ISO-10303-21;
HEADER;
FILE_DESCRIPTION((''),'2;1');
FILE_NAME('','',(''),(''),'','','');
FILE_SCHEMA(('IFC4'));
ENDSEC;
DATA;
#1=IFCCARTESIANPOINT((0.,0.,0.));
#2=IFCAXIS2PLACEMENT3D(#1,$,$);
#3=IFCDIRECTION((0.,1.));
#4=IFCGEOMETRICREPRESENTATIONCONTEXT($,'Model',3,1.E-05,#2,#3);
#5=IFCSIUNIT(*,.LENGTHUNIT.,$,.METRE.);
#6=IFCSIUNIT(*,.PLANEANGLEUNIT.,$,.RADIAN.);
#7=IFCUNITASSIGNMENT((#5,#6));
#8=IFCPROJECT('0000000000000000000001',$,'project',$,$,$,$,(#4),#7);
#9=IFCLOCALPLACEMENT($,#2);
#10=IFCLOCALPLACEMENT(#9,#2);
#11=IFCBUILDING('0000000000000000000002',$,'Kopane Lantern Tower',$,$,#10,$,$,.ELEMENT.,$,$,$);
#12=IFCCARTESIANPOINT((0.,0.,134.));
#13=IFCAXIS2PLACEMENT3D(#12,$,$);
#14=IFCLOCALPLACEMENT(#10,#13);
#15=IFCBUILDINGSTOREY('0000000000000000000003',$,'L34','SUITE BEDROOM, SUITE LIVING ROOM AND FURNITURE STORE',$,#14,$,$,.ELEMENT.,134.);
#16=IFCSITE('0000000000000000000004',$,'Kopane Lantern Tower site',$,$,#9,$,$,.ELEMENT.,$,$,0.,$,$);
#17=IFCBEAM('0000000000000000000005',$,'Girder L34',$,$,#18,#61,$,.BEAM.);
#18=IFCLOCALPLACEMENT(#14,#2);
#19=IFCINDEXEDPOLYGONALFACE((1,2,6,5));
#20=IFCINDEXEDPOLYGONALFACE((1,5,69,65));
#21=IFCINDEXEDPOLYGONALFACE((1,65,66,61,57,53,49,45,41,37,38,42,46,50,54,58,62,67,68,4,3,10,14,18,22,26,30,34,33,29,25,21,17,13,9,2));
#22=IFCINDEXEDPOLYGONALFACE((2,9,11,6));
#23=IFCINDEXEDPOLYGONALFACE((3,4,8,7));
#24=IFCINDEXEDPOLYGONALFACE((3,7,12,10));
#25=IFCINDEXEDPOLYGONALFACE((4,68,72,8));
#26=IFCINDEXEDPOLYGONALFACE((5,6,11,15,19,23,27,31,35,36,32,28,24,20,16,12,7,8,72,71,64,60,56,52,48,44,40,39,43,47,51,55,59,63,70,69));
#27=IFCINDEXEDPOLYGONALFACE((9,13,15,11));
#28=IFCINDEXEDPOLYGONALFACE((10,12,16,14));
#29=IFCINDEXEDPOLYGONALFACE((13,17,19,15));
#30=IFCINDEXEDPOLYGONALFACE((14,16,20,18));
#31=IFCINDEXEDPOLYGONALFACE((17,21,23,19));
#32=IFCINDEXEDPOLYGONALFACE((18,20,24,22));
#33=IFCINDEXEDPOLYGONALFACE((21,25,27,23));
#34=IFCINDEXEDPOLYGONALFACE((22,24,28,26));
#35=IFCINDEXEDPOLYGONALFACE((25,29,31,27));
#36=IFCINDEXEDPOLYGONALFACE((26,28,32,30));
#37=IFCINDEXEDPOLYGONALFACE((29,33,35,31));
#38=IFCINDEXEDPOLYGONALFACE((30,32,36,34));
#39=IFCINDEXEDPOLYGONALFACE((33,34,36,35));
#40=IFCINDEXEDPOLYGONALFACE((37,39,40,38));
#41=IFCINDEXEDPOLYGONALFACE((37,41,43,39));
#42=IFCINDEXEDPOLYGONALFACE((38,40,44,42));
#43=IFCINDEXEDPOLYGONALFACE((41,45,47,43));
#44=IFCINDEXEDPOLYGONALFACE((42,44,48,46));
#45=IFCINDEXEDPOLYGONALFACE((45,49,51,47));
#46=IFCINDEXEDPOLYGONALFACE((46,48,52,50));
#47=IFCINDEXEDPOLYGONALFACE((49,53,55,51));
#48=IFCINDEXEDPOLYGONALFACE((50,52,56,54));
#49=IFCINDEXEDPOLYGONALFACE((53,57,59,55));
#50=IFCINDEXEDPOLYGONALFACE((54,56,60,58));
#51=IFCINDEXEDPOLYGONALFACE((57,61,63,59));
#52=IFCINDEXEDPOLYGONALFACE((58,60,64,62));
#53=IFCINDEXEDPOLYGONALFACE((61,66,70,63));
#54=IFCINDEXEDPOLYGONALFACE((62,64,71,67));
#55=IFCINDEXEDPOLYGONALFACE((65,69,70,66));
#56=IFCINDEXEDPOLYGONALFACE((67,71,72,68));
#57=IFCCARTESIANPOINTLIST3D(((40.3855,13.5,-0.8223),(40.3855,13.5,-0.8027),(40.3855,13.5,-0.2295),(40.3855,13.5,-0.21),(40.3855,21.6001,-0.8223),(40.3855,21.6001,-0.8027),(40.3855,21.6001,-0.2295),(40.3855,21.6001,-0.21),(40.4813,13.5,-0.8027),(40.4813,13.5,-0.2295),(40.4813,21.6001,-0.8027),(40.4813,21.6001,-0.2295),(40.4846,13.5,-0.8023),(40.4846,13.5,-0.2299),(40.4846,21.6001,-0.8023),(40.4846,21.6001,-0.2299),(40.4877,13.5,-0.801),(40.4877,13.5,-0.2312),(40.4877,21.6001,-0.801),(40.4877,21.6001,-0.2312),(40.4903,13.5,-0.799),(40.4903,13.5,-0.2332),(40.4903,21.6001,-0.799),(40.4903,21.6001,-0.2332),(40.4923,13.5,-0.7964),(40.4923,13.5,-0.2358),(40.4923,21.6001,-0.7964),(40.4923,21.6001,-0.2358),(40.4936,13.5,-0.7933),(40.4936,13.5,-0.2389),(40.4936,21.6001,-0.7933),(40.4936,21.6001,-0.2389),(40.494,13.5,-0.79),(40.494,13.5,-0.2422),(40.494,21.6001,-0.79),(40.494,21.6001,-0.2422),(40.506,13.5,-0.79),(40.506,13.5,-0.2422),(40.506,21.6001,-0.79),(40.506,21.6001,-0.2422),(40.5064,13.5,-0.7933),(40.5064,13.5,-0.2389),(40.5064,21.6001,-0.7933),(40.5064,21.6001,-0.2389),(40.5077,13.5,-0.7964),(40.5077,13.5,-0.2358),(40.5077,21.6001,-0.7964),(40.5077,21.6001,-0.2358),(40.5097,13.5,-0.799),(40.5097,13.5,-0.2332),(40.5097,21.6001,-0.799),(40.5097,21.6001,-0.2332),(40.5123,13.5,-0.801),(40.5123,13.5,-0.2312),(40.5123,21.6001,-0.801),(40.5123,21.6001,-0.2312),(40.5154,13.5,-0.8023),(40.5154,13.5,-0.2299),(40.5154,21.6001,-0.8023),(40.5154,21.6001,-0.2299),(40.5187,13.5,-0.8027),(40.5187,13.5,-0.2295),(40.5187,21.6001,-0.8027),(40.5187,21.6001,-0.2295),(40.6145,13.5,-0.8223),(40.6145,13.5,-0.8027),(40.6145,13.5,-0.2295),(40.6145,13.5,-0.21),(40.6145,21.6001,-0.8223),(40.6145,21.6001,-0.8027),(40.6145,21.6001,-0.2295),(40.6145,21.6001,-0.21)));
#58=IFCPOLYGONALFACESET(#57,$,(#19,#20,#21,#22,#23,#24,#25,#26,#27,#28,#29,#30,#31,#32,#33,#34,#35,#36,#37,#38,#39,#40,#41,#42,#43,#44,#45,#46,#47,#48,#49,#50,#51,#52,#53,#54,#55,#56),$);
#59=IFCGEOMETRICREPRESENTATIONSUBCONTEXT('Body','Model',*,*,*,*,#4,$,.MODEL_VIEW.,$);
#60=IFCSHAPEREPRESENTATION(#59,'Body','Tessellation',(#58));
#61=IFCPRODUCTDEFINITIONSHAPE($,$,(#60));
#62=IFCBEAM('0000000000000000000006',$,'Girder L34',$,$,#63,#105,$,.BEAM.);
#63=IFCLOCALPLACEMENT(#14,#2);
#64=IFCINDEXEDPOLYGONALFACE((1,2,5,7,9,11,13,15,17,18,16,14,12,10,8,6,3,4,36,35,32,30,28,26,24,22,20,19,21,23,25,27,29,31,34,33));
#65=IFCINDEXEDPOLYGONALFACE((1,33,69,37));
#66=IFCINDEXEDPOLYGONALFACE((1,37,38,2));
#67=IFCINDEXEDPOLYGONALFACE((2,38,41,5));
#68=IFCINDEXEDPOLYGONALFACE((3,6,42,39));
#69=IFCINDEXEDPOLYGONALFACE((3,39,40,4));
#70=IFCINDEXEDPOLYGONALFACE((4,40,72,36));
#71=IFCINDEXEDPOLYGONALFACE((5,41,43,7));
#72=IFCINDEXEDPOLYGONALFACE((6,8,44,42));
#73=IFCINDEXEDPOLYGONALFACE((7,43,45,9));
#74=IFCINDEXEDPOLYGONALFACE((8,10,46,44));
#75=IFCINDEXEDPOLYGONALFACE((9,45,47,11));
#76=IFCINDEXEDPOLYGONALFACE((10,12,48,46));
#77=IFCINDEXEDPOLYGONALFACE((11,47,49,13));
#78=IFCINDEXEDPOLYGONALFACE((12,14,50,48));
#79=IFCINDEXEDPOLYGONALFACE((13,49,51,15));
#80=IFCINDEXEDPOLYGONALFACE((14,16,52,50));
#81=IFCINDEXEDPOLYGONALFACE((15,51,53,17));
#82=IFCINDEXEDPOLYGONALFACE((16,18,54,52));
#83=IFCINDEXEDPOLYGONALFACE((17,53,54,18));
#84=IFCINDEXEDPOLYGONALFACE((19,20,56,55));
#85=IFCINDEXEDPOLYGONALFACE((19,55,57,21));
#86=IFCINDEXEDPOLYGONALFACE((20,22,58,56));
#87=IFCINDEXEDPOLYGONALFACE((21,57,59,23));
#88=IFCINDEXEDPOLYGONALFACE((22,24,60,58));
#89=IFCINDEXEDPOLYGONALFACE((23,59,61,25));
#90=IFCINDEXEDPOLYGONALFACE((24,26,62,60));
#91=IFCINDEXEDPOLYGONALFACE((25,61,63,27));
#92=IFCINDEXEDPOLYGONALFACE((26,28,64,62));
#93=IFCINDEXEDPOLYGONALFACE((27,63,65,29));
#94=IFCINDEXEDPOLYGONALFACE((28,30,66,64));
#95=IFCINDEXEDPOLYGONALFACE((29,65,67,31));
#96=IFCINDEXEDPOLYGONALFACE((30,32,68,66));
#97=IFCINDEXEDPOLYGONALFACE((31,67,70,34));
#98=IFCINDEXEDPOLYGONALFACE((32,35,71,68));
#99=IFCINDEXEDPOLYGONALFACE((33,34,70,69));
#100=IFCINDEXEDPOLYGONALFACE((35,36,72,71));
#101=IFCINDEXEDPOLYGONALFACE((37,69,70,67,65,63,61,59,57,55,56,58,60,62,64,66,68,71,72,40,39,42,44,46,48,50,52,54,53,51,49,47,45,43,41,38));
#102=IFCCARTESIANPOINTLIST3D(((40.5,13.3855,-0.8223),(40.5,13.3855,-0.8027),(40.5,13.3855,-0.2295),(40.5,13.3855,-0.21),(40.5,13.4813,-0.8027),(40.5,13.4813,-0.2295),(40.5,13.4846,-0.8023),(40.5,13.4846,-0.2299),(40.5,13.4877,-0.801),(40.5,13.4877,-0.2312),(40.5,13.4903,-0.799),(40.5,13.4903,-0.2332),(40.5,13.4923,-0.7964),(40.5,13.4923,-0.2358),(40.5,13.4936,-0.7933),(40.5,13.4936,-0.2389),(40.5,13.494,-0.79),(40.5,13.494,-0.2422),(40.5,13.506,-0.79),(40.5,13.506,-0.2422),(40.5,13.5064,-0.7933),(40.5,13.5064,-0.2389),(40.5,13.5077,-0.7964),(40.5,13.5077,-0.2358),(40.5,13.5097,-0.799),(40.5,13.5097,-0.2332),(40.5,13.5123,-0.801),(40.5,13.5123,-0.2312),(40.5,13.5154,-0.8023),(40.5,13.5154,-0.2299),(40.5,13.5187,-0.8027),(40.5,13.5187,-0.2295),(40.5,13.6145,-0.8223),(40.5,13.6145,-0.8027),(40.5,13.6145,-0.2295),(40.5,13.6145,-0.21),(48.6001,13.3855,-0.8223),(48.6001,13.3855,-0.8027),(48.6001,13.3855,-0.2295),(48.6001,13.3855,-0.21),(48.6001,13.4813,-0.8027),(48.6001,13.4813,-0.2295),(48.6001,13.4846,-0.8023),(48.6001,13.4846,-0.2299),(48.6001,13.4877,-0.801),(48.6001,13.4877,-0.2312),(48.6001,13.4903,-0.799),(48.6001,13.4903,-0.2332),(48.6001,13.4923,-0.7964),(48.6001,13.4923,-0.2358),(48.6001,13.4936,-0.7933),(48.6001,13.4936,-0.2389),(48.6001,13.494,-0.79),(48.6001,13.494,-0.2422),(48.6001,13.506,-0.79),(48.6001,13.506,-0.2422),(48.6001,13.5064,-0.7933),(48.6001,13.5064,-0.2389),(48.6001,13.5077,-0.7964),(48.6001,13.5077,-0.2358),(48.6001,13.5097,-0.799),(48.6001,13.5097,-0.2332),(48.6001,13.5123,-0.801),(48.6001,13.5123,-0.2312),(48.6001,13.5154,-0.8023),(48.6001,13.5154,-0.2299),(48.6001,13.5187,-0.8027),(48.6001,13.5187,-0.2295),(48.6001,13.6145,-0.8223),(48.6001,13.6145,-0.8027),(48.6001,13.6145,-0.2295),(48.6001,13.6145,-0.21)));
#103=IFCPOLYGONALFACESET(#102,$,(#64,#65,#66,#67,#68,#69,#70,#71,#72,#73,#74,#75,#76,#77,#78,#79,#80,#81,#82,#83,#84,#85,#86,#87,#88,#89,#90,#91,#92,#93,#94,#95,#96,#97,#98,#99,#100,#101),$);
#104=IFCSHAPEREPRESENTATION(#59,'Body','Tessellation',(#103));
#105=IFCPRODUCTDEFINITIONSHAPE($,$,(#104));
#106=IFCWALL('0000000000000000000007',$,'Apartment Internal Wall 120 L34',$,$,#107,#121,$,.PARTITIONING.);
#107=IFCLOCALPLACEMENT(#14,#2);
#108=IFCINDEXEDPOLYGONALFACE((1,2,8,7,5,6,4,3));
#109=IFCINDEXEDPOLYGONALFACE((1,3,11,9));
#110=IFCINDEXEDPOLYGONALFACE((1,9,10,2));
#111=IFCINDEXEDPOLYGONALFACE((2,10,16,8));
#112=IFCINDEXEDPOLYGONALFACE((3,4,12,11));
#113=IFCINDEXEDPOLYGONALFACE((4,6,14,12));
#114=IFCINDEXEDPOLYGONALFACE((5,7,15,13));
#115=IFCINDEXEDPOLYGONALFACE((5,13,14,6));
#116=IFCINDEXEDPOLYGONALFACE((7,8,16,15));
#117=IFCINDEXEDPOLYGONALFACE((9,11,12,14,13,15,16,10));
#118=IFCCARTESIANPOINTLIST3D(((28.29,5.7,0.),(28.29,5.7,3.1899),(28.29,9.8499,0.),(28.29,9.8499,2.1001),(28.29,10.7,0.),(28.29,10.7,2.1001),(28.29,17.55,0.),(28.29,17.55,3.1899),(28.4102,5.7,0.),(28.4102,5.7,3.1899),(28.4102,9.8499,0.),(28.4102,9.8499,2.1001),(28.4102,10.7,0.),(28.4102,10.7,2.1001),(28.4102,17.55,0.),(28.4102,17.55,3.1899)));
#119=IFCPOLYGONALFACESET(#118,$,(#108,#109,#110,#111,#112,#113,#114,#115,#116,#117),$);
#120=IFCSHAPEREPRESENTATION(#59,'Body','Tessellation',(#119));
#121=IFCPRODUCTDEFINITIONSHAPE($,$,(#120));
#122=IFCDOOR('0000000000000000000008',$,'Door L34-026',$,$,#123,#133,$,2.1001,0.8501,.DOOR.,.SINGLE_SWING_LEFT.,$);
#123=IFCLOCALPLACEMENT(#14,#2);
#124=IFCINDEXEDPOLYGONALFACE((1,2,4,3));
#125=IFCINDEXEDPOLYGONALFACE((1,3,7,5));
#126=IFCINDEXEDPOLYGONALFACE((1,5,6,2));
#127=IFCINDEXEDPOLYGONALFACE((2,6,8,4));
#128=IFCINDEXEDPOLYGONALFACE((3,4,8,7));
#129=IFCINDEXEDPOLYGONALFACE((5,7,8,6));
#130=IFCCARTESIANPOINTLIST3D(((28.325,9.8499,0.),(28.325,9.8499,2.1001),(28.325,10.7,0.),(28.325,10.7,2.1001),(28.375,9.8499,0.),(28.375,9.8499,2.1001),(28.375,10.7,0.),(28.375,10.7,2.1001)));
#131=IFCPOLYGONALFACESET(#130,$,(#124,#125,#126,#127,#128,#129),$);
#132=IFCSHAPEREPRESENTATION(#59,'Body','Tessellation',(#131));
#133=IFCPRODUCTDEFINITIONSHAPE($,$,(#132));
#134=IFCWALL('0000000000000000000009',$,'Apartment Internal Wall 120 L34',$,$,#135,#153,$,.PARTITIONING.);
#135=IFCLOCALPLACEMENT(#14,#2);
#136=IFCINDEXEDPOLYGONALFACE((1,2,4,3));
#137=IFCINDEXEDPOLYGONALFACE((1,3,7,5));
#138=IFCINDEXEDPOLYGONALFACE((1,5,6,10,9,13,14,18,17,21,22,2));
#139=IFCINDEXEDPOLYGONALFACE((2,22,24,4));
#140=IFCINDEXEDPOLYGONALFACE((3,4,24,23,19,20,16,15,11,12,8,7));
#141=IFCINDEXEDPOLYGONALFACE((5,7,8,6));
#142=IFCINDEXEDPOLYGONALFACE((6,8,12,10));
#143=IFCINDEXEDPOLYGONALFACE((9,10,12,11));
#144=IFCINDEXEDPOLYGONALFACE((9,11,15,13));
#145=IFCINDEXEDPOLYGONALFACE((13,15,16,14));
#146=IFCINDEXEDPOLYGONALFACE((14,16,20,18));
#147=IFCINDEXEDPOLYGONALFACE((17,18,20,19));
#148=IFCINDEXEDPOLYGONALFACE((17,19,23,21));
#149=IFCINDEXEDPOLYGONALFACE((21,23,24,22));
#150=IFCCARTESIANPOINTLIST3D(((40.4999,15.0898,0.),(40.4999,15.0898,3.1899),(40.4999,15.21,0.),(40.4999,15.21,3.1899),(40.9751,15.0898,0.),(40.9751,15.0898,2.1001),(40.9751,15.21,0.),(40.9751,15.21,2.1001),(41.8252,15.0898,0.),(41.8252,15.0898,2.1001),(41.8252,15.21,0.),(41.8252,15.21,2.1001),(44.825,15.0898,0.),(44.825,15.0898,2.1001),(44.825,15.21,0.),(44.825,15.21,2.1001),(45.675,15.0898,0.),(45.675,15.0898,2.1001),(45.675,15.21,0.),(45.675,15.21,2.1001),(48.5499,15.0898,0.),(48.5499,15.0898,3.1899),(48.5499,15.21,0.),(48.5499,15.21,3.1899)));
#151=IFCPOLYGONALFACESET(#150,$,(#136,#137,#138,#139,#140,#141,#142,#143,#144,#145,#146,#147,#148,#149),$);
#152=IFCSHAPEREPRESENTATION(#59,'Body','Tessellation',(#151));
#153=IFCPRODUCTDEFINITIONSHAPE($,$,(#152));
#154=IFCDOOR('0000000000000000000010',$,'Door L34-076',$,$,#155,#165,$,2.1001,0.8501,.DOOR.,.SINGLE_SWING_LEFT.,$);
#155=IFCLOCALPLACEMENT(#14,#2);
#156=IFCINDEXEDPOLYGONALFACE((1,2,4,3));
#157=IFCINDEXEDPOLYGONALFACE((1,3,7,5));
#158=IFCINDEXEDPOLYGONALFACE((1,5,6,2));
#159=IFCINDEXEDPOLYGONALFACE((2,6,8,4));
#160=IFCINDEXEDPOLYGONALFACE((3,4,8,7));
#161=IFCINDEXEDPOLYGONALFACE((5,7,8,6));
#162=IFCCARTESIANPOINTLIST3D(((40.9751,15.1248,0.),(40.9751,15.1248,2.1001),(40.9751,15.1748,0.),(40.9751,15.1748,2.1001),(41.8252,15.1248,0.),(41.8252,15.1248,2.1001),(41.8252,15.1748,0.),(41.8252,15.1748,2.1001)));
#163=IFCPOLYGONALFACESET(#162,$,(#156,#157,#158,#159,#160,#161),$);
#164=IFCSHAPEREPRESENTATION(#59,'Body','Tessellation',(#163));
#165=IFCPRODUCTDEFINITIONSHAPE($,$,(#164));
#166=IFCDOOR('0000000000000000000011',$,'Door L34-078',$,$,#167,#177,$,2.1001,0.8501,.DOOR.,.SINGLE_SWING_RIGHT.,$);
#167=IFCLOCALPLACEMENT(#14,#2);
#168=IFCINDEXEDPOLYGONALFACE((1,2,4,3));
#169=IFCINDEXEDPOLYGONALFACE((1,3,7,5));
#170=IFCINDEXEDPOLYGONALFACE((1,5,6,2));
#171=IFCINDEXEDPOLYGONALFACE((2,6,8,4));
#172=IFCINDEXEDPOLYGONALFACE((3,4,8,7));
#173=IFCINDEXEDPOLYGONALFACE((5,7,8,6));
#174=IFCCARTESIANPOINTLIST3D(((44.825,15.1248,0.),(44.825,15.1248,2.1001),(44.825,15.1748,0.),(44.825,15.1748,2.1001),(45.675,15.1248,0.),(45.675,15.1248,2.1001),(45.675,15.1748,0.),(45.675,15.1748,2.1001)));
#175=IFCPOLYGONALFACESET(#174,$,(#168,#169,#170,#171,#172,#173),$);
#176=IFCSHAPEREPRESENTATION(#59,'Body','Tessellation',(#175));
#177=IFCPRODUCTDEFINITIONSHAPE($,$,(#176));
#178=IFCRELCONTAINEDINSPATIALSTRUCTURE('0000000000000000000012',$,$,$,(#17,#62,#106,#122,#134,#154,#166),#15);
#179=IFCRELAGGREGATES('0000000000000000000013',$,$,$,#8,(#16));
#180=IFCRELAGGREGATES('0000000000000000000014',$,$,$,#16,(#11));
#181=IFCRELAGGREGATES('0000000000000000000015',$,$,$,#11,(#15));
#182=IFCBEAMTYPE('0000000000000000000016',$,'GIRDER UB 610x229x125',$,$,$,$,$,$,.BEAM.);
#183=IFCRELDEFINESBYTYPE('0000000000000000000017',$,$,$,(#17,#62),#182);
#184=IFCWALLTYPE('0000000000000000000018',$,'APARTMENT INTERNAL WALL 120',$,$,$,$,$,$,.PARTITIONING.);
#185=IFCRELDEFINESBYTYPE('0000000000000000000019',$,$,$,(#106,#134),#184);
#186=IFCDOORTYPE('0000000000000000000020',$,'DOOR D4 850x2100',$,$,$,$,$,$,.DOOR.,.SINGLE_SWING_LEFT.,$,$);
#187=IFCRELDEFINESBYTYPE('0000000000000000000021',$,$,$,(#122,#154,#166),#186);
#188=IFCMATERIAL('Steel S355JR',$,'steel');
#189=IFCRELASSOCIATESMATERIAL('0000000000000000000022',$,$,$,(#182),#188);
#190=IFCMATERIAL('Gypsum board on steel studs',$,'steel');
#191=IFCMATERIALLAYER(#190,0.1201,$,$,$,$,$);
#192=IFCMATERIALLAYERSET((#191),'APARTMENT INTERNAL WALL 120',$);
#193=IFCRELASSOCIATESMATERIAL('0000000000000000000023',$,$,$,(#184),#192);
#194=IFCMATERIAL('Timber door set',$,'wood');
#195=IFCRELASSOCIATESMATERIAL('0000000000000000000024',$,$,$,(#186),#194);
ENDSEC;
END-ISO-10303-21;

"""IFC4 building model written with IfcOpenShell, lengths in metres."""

from ifc_helpers import new_model, si_unit, direction, frame, frame_2d, origin, origin_2d, place, context, subcontext, project, spatial, rectangle, i_section, extrude, material, layer, layer_set, material_profile, profile_set, type_object, element, fill, save


model = new_model("IFC4")

# Units and contexts
model_context = context("Model", 3, precision=1e-05, world=origin(), true_north=direction((0.0, 1.0)))
body_context = subcontext(model_context, "Body", "Model", "MODEL_VIEW")
ifc_project = project(units=[si_unit("LENGTHUNIT", "METRE"), si_unit("PLANEANGLEUNIT", "RADIAN")], contexts=[model_context])

# Site, building, storey
site_placement = place(None, origin())
site = spatial("IfcSite", under=ifc_project, at=site_placement, Name="Kopane Lantern Tower site", CompositionType="ELEMENT", RefElevation=0.0)
building_placement = place(site_placement, origin())
building = spatial("IfcBuilding", under=site, at=building_placement, Name="Kopane Lantern Tower", CompositionType="ELEMENT")
storey_placement = place(building_placement, frame((0.0, 0.0, 134.0)))
storey = spatial("IfcBuildingStorey", under=building, at=storey_placement, Name="L34", Description="SUITE BEDROOM, SUITE LIVING ROOM AND FURNITURE STORE", CompositionType="ELEMENT", Elevation=134.0)

# Beams
ifc_material_1 = material(Name="Steel S355JR", Category="steel")
ifc_material_profile_1 = material_profile(ifc_material_1, i_section(OverallWidth=0.229, OverallDepth=0.6123, WebThickness=0.012, FlangeThickness=0.0195, FilletRadius=0.0127, at=origin_2d()), Name="UB 610x229x125")
ifc_profile_set_1 = profile_set([ifc_material_profile_1], Name="Steel S355JR")
beam_type = type_object("IfcBeamType", Name="GIRDER UB 610x229x125", PredefinedType="BEAM", material=ifc_profile_set_1)
for number, where, z_axis, x_axis, name in (
    (1, (40.5, 13.5, -0.5161), (0.0, 1.0, 0.0), (-1.0, 0.0, 0.0), "Girder L34"),
    (2, (40.5, 13.5, -0.5161), (1.0, 0.0, 0.0), (0.0, 1.0, 0.0), "Girder L34"),
):
    element("IfcBeam", number, at=place(storey_placement, frame(where, z_axis=z_axis, x_axis=x_axis)), inside=storey, type_object=beam_type, Name=name, PredefinedType="BEAM", context=body_context, shape_type="SweptSolid", body=[
        extrude(i_section(OverallWidth=0.229, OverallDepth=0.6123, WebThickness=0.012, FlangeThickness=0.0195, FilletRadius=0.0127, at=origin_2d()), origin(), (0.0, 0.0, 1.0), 8.1001),
    ])

# Wall, opening, door
ifc_material_2 = material(Name="Gypsum board on steel studs", Category="steel")
ifc_layer_1 = layer(ifc_material_2, 0.1201)
ifc_layer_set_1 = layer_set([ifc_layer_1], Name="APARTMENT INTERNAL WALL 120")
wall_type_1 = type_object("IfcWallType", Name="APARTMENT INTERNAL WALL 120", PredefinedType="PARTITIONING", material=ifc_layer_set_1)
wall_1_placement = place(storey_placement, frame((28.3501, 17.55, 0.0), z_axis=(0.0, 0.0, 1.0), x_axis=(0.0, -1.0, 0.0)))
wall_1 = element("IfcWall", 3, at=wall_1_placement, inside=storey, type_object=wall_type_1, Name="Apartment Internal Wall 120 L34", PredefinedType="PARTITIONING", context=body_context, shape_type="SweptSolid", body=[
    extrude(rectangle(XDim=11.8501, YDim=0.1201, at=frame_2d((5.925, 0.0))), origin(), (0.0, 0.0, 1.0), 3.1899),
])
opening_1_placement = place(wall_1_placement, frame((6.8501, 0.0, 0.0)))
opening_1 = element("IfcOpeningElement", 4, at=opening_1_placement, cuts=wall_1, PredefinedType="OPENING", context=body_context, shape_type="SweptSolid", body=[
    extrude(rectangle(XDim=0.8501, YDim=2.1001, at=frame_2d((0.425, 1.05))), frame((0.0, 0.0701, 0.0), z_axis=(0.0, -1.0, 0.0), x_axis=(1.0, 0.0, 0.0)), (0.0, 0.0, 1.0), 0.1401),
])
ifc_material_3 = material(Name="Timber door set", Category="wood")
door_type_1 = type_object("IfcDoorType", Name="DOOR D4 850x2100", OperationType="SINGLE_SWING_LEFT", PredefinedType="DOOR", material=ifc_material_3)
door_1_placement = place(opening_1_placement, origin())
door_1 = element("IfcDoor", 5, at=door_1_placement, inside=storey, type_object=door_type_1, Name="Door L34-026", OperationType="SINGLE_SWING_LEFT", OverallHeight=2.1001, OverallWidth=0.8501, PredefinedType="DOOR", context=body_context, shape_type="SweptSolid", body=[
    extrude(rectangle(XDim=0.8501, YDim=2.1001, at=frame_2d((0.425, 1.05))), frame((0.0, 0.0249, 0.0), z_axis=(0.0, -1.0, 0.0), x_axis=(1.0, 0.0, 0.0)), (0.0, 0.0, 1.0), 0.05),
])
fill(opening_1, door_1)

# Wall, openings, doors
wall_2_placement = place(storey_placement, frame((40.5, 15.1499, 0.0), z_axis=(0.0, 0.0, 1.0), x_axis=(1.0, 0.0, 0.0)))
wall_2 = element("IfcWall", 6, at=wall_2_placement, inside=storey, type_object=wall_type_1, Name="Apartment Internal Wall 120 L34", PredefinedType="PARTITIONING", context=body_context, shape_type="SweptSolid", body=[
    extrude(rectangle(XDim=8.05, YDim=0.1201, at=frame_2d((4.0249, 0.0))), origin(), (0.0, 0.0, 1.0), 3.1899),
])
opening_2_placement = place(wall_2_placement, frame((0.4751, 0.0, 0.0)))
opening_2 = element("IfcOpeningElement", 7, at=opening_2_placement, cuts=wall_2, PredefinedType="OPENING", context=body_context, shape_type="SweptSolid", body=[
    extrude(rectangle(XDim=0.8501, YDim=2.1001, at=frame_2d((0.425, 1.05))), frame((0.0, 0.0701, 0.0), z_axis=(0.0, -1.0, 0.0), x_axis=(1.0, 0.0, 0.0)), (0.0, 0.0, 1.0), 0.1401),
])
opening_3_placement = place(wall_2_placement, frame((4.325, 0.0, 0.0)))
opening_3 = element("IfcOpeningElement", 8, at=opening_3_placement, cuts=wall_2, PredefinedType="OPENING", context=body_context, shape_type="SweptSolid", body=[
    extrude(rectangle(XDim=0.8501, YDim=2.1001, at=frame_2d((0.425, 1.05))), frame((0.0, 0.0701, 0.0), z_axis=(0.0, -1.0, 0.0), x_axis=(1.0, 0.0, 0.0)), (0.0, 0.0, 1.0), 0.1401),
])
door_2_placement = place(opening_2_placement, origin())
door_2 = element("IfcDoor", 9, at=door_2_placement, inside=storey, type_object=door_type_1, Name="Door L34-076", OperationType="SINGLE_SWING_LEFT", OverallHeight=2.1001, OverallWidth=0.8501, PredefinedType="DOOR", context=body_context, shape_type="SweptSolid", body=[
    extrude(rectangle(XDim=0.8501, YDim=2.1001, at=frame_2d((0.425, 1.05))), frame((0.0, 0.0249, 0.0), z_axis=(0.0, -1.0, 0.0), x_axis=(1.0, 0.0, 0.0)), (0.0, 0.0, 1.0), 0.05),
])
fill(opening_2, door_2)
door_3_placement = place(opening_3_placement, origin())
door_3 = element("IfcDoor", 10, at=door_3_placement, inside=storey, type_object=door_type_1, Name="Door L34-078", OperationType="SINGLE_SWING_RIGHT", OverallHeight=2.1001, OverallWidth=0.8501, PredefinedType="DOOR", context=body_context, shape_type="SweptSolid", body=[
    extrude(rectangle(XDim=0.8501, YDim=2.1001, at=frame_2d((0.425, 1.05))), frame((0.0, 0.0249, 0.0), z_axis=(0.0, -1.0, 0.0), x_axis=(1.0, 0.0, 0.0)), (0.0, 0.0, 1.0), 0.05),
])
fill(opening_3, door_3)

save(model, "model.ifc")
